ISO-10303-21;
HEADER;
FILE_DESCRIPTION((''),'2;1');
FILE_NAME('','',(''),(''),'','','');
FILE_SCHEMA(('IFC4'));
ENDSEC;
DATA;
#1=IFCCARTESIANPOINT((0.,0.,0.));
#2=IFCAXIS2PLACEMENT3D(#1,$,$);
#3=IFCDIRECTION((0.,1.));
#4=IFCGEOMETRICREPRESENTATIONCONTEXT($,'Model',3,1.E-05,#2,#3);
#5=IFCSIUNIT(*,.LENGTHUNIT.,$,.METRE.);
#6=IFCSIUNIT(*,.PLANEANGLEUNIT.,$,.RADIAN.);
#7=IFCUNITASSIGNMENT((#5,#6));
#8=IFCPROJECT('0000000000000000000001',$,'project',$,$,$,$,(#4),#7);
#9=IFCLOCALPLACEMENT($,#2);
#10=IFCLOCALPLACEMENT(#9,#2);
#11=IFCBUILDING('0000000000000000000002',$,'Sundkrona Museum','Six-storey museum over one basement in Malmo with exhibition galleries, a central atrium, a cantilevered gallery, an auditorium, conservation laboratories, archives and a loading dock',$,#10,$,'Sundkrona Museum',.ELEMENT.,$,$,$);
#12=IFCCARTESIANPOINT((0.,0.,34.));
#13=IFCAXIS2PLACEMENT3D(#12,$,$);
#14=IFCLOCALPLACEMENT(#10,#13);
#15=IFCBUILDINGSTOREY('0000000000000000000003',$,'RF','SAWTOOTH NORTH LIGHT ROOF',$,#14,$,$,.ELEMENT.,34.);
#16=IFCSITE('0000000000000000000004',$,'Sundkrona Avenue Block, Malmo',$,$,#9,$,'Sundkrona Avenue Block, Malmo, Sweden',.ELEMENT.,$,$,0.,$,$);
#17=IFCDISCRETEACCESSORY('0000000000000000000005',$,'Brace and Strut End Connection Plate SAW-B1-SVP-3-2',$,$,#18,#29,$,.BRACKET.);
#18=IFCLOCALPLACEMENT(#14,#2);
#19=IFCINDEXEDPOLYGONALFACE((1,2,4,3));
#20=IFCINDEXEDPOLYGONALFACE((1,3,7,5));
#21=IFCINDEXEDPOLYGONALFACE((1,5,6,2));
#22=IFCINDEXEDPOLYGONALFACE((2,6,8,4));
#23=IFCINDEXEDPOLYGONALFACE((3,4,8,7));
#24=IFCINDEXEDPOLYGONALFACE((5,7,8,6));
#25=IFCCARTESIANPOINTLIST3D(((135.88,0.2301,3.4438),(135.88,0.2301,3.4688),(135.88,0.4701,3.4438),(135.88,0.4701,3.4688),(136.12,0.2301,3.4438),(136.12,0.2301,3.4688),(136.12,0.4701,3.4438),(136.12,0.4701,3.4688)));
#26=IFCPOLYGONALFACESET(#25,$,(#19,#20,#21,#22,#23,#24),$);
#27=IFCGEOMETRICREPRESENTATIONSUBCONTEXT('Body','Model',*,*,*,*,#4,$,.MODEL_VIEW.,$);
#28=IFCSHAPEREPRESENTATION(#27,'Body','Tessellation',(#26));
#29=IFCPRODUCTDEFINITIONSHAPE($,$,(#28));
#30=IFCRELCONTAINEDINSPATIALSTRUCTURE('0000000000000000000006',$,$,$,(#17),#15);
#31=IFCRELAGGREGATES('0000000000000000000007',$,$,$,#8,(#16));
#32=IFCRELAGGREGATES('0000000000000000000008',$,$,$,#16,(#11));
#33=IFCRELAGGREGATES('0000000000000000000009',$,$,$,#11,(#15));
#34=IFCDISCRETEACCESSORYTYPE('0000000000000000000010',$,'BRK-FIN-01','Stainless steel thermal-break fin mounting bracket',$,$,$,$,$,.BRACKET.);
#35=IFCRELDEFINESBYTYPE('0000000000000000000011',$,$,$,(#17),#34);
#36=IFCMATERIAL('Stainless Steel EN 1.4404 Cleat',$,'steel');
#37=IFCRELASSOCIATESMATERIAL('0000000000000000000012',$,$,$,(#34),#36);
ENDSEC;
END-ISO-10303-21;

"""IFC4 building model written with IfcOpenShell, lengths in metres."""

from ifc_helpers import new_model, si_unit, direction, frame, origin, origin_2d, place, context, subcontext, project, spatial, rectangle, extrude, material, type_object, element, save


model = new_model("IFC4")

# Units and contexts
model_context = context("Model", 3, precision=1e-05, world=origin(), true_north=direction((0.0, 1.0)))
body_context = subcontext(model_context, "Body", "Model", "MODEL_VIEW")
ifc_project = project(units=[si_unit("LENGTHUNIT", "METRE"), si_unit("PLANEANGLEUNIT", "RADIAN")], contexts=[model_context])

# Site, building, storey
site_placement = place(None, origin())
site = spatial("IfcSite", under=ifc_project, at=site_placement, Name="Sundkrona Avenue Block, Malmo", LongName="Sundkrona Avenue Block, Malmo, Sweden", CompositionType="ELEMENT", RefElevation=0.0)
building_placement = place(site_placement, origin())
building = spatial("IfcBuilding", under=site, at=building_placement, Name="Sundkrona Museum", Description="Six-storey museum over one basement in Malmo with exhibition galleries, a central atrium, a cantilevered gallery, an auditorium, conservation laboratories, archives and a loading dock", LongName="Sundkrona Museum", CompositionType="ELEMENT")
storey_placement = place(building_placement, frame((0.0, 0.0, 34.0)))
storey = spatial("IfcBuildingStorey", under=building, at=storey_placement, Name="RF", Description="SAWTOOTH NORTH LIGHT ROOF", CompositionType="ELEMENT", Elevation=34.0)

# Discrete accessory
ifc_material_1 = material(Name="Stainless Steel EN 1.4404 Cleat", Category="steel")
discrete_accessory_type = type_object("IfcDiscreteAccessoryType", Name="BRK-FIN-01", Description="Stainless steel thermal-break fin mounting bracket", PredefinedType="BRACKET", material=ifc_material_1)
for number, where, z_axis, x_axis, name in (
    (1, (136.0, 0.3501, 3.4438), (0.0, 0.0, 1.0), (1.0, 0.0, 0.0), "Brace and Strut End Connection Plate SAW-B1-SVP-3-2"),
):
    element("IfcDiscreteAccessory", number, at=place(storey_placement, frame(where, z_axis=z_axis, x_axis=x_axis)), inside=storey, type_object=discrete_accessory_type, Name=name, PredefinedType="BRACKET", context=body_context, shape_type="SweptSolid", body=[
        extrude(rectangle(XDim=0.24, YDim=0.24, at=origin_2d()), origin(), (0.0, 0.0, 1.0), 0.0249),
    ])

save(model, "model.ifc")
